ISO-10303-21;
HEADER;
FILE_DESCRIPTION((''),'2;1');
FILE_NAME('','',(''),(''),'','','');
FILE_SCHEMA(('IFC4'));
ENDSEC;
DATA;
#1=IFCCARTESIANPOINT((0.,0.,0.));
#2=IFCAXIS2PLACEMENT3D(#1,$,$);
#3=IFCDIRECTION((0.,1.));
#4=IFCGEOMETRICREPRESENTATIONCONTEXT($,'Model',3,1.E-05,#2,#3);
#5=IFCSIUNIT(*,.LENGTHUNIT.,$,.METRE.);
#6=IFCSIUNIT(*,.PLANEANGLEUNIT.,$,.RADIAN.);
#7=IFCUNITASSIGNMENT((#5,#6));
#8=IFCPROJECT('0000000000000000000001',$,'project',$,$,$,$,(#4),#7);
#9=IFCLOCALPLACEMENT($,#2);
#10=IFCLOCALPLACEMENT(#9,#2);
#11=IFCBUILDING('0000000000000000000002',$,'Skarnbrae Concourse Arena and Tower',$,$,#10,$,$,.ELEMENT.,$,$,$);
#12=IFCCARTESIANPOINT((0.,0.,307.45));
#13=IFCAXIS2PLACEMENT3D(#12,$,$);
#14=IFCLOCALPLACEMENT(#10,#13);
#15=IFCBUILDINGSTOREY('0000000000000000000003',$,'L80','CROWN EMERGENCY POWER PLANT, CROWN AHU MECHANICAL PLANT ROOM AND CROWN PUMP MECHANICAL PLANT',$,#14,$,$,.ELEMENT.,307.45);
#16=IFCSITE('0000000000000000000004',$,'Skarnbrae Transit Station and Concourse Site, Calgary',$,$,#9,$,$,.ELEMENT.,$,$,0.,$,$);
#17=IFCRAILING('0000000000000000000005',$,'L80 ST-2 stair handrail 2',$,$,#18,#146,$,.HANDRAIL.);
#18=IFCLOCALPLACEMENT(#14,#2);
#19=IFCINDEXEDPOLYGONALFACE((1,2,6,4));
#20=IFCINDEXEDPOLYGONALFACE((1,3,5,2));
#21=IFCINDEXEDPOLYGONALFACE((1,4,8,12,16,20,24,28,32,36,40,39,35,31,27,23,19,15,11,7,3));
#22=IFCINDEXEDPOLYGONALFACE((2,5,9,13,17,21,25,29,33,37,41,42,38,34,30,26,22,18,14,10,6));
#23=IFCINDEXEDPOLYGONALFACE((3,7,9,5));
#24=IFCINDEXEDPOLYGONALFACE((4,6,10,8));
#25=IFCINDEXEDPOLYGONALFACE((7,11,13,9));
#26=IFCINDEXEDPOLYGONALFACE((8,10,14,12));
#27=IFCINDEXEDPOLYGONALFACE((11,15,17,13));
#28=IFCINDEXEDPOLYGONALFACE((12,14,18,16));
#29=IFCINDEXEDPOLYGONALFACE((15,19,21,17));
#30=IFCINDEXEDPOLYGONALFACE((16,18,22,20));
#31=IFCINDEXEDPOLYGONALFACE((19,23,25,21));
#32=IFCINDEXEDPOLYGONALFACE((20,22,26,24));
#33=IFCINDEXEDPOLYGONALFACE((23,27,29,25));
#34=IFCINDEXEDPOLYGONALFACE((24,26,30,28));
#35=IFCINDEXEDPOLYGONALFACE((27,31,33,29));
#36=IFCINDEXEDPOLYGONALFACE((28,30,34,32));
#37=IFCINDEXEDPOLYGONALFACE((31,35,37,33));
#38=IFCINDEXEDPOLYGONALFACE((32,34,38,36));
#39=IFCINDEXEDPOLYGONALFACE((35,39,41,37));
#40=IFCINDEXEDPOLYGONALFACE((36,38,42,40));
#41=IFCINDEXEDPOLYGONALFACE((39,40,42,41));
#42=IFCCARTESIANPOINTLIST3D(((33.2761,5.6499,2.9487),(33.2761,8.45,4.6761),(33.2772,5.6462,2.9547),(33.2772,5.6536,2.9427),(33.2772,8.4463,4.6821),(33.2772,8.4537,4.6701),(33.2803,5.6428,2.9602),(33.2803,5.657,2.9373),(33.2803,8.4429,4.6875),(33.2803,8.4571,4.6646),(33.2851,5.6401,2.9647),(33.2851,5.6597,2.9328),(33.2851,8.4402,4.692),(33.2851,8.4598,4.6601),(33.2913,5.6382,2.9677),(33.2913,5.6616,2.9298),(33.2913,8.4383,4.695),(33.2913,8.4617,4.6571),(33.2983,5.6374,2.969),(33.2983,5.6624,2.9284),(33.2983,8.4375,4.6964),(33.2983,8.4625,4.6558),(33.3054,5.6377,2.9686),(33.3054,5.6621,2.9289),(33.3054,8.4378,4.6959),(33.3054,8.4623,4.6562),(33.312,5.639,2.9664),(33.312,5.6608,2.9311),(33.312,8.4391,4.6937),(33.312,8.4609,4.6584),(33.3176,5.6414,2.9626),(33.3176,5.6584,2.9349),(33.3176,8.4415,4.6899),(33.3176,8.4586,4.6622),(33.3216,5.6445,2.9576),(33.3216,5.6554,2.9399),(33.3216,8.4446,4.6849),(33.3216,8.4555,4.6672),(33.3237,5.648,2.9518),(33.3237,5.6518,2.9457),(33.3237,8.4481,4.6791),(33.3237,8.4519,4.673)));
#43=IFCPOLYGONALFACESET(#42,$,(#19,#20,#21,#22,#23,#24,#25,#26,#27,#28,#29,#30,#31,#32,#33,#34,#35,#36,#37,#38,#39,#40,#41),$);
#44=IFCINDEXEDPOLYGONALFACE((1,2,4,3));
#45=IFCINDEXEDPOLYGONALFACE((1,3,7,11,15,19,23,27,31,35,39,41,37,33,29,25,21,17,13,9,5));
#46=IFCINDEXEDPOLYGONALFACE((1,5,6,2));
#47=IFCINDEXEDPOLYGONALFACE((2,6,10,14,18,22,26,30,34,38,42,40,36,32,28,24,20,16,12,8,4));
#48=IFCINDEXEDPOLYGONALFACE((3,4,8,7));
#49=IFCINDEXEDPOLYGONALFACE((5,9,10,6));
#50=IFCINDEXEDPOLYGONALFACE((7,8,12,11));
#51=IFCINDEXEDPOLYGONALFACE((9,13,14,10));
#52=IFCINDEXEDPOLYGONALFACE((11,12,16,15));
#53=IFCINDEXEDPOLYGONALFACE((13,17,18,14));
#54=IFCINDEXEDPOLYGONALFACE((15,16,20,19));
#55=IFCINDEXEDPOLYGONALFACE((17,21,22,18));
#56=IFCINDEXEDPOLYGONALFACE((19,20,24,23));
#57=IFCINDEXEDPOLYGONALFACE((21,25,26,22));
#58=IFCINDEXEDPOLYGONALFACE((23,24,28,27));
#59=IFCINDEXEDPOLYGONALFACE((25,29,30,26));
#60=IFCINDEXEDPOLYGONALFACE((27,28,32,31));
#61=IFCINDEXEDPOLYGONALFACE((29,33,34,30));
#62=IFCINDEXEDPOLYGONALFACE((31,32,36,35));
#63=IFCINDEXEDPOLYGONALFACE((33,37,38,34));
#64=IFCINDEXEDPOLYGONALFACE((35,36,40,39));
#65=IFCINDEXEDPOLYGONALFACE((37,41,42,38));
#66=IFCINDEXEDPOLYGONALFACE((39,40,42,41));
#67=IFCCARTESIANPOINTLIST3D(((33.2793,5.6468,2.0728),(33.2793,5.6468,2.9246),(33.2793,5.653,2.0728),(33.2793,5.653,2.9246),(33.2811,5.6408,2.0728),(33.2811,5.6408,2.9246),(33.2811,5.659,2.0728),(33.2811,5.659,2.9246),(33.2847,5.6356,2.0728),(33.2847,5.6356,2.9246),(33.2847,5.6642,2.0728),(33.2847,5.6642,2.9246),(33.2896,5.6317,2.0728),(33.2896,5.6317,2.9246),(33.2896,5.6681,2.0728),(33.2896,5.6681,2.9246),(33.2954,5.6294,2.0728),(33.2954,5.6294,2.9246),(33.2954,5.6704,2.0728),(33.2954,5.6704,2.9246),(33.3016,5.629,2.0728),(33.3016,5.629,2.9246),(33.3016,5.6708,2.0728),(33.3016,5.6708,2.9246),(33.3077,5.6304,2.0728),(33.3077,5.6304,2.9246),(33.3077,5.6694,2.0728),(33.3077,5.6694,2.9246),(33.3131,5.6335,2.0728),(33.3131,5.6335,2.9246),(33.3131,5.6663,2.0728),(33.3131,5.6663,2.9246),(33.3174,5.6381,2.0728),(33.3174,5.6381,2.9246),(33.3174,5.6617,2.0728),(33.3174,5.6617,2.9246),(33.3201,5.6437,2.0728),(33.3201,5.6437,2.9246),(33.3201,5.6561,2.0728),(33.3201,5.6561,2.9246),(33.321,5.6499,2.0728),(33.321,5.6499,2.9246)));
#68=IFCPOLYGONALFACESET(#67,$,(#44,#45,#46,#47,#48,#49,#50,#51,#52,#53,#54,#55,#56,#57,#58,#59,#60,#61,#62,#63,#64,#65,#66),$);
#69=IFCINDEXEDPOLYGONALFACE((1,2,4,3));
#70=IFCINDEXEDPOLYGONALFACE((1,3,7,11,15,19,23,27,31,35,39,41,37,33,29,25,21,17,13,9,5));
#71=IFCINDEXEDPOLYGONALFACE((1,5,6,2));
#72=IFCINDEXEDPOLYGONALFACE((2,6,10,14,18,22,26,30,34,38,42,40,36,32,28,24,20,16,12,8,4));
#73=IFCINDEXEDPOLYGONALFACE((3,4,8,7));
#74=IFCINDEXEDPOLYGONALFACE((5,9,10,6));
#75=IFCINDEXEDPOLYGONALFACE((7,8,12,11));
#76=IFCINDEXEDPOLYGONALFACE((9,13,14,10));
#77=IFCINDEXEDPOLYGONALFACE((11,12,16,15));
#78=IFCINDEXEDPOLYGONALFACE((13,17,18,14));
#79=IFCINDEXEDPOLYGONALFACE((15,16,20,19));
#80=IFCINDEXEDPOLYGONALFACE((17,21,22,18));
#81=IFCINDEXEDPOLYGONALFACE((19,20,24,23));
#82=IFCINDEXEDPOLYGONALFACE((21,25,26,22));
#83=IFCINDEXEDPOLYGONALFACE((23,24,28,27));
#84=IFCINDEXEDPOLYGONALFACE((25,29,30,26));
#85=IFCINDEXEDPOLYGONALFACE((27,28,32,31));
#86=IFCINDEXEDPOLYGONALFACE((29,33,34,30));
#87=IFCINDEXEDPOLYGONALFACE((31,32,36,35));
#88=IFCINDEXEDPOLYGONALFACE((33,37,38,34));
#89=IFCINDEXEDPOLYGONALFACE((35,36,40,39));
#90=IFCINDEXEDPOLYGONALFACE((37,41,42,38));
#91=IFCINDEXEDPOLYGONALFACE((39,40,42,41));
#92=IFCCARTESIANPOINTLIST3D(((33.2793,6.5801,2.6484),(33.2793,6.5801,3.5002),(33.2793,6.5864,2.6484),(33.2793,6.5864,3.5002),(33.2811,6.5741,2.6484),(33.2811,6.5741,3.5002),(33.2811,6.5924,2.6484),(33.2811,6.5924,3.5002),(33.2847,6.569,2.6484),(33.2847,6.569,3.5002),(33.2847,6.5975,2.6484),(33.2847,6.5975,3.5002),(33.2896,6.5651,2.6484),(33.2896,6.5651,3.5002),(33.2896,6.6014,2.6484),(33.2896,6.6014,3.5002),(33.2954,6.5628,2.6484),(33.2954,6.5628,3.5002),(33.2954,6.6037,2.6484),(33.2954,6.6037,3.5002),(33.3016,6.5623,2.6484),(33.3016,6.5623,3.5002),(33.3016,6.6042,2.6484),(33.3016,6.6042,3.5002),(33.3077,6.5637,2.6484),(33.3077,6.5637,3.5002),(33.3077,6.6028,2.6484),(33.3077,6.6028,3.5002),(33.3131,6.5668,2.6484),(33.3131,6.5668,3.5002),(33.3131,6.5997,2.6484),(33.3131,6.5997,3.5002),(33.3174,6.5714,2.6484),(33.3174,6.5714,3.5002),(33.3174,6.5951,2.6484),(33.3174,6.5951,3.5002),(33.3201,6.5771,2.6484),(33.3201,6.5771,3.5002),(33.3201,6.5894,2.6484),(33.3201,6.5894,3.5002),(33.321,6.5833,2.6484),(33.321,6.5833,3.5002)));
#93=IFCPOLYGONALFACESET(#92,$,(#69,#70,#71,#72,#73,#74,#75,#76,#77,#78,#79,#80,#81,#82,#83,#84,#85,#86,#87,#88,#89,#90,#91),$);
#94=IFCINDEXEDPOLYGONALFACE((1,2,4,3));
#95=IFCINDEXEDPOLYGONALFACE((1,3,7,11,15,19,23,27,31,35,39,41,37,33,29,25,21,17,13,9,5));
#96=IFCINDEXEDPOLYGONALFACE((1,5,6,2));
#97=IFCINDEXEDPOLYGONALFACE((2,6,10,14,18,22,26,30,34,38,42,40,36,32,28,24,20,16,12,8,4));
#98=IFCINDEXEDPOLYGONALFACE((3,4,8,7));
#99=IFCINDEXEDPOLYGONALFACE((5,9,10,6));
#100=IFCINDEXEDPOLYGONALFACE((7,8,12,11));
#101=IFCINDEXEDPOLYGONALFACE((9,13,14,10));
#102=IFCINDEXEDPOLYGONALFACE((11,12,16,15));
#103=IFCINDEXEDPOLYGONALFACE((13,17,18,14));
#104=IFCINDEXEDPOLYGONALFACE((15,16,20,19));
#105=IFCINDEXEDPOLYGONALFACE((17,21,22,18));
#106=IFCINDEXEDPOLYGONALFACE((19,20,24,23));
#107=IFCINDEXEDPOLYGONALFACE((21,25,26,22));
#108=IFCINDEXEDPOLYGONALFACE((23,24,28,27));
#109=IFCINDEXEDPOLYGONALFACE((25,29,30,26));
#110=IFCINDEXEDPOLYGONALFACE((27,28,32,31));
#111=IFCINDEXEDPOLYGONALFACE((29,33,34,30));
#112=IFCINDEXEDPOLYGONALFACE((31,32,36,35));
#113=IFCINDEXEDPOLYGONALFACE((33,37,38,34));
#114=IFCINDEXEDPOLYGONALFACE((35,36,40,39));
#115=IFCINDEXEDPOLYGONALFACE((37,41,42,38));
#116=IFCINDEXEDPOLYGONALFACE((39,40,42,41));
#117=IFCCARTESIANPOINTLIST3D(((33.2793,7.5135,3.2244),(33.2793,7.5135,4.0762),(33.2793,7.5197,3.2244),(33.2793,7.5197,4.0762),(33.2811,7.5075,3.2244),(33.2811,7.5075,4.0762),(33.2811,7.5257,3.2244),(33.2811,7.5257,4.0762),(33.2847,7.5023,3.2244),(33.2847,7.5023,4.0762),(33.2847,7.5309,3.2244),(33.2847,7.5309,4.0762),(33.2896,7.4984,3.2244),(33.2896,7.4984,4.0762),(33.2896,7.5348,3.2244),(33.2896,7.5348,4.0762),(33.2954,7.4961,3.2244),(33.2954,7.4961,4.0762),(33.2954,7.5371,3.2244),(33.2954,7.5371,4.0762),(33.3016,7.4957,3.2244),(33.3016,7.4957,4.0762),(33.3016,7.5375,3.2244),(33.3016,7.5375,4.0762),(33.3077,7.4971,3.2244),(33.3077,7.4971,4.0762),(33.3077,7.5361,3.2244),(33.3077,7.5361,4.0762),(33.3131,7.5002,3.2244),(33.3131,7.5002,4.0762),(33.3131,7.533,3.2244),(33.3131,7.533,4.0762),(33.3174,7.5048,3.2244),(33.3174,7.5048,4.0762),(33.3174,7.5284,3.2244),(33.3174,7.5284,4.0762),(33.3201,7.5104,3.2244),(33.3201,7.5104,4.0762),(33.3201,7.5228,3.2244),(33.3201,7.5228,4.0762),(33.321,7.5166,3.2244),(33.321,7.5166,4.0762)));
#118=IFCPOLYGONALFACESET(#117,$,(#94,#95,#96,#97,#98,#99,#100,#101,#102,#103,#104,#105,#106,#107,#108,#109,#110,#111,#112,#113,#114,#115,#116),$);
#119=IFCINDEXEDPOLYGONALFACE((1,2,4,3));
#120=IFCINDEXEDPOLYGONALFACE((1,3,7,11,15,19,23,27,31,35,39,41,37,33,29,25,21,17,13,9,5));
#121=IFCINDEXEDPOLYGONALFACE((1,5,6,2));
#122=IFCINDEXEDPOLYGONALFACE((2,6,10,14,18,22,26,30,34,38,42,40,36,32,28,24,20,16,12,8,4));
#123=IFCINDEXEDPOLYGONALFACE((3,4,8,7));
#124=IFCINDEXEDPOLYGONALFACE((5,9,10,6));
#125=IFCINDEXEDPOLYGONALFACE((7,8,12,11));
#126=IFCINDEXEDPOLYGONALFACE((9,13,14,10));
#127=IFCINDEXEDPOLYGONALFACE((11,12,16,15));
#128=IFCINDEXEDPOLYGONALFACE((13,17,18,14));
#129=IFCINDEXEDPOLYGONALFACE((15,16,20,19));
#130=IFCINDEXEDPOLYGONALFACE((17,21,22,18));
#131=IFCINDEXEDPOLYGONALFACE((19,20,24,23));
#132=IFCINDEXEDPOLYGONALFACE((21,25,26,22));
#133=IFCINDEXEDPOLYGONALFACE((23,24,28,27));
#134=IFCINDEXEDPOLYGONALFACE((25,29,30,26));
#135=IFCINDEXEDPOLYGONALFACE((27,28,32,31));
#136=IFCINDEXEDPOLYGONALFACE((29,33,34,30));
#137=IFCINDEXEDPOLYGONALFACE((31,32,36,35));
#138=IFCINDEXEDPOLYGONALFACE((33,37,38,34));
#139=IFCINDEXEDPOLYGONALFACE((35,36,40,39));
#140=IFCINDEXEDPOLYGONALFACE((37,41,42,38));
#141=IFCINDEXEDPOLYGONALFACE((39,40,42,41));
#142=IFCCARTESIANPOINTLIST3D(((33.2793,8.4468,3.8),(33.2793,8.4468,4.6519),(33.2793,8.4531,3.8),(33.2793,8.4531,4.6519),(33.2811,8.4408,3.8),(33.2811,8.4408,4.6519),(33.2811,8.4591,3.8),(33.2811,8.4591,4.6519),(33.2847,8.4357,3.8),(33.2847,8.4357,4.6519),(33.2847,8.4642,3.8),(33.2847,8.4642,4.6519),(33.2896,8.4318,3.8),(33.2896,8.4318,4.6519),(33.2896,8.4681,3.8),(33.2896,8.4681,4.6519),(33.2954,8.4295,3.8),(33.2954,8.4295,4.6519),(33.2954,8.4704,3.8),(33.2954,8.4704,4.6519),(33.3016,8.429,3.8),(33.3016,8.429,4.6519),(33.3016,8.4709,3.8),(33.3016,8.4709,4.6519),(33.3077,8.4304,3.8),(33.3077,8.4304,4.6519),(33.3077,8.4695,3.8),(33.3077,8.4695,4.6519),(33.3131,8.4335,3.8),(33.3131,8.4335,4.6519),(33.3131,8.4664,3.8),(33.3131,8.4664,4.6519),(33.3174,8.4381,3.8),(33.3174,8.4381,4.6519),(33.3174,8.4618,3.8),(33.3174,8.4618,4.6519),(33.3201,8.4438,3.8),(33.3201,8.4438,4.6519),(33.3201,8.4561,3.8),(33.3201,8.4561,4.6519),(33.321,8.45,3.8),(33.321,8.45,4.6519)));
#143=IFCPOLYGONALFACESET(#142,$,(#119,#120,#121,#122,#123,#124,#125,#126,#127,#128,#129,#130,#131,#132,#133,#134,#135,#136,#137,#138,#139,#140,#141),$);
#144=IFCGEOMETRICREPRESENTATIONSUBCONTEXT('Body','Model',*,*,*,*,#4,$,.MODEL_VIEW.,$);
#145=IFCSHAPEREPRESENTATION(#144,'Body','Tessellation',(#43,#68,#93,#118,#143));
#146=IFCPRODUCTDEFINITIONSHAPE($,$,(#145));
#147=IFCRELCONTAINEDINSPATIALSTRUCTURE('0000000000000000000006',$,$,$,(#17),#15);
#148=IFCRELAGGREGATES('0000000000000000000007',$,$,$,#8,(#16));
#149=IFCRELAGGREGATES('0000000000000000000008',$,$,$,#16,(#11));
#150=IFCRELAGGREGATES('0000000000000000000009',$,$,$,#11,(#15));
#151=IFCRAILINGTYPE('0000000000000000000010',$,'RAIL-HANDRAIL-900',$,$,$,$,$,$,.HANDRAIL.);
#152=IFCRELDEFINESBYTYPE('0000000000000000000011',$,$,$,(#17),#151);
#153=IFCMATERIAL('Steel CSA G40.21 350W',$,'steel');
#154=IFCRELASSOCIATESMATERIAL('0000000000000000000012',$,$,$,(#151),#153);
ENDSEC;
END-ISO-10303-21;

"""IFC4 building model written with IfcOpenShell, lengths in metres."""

from ifc_helpers import new_model, si_unit, direction, frame, origin, origin_2d, place, context, subcontext, project, spatial, circle, extrude, material, type_object, element, save


model = new_model("IFC4")

# Units and contexts
model_context = context("Model", 3, precision=1e-05, world=origin(), true_north=direction((0.0, 1.0)))
body_context = subcontext(model_context, "Body", "Model", "MODEL_VIEW")
ifc_project = project(units=[si_unit("LENGTHUNIT", "METRE"), si_unit("PLANEANGLEUNIT", "RADIAN")], contexts=[model_context])

# Site, building, storey
site_placement = place(None, origin())
site = spatial("IfcSite", under=ifc_project, at=site_placement, Name="Skarnbrae Transit Station and Concourse Site, Calgary", CompositionType="ELEMENT", RefElevation=0.0)
building_placement = place(site_placement, origin())
building = spatial("IfcBuilding", under=site, at=building_placement, Name="Skarnbrae Concourse Arena and Tower", CompositionType="ELEMENT")
storey_placement = place(building_placement, frame((0.0, 0.0, 307.45)))
storey = spatial("IfcBuildingStorey", under=building, at=storey_placement, Name="L80", Description="CROWN EMERGENCY POWER PLANT, CROWN AHU MECHANICAL PLANT ROOM AND CROWN PUMP MECHANICAL PLANT", CompositionType="ELEMENT", Elevation=307.45)

# Shared definitions
ifc_material_1 = material(Name="Steel CSA G40.21 350W", Category="steel")

# Railing
railing_type_1 = type_object("IfcRailingType", Name="RAIL-HANDRAIL-900", PredefinedType="HANDRAIL", material=ifc_material_1)
railing_1_placement = place(storey_placement, frame((33.3, 5.6499, 2.0728)))
element("IfcRailing", 1, at=railing_1_placement, inside=storey, type_object=railing_type_1, Name="L80 ST-2 stair handrail 2", PredefinedType="HANDRAIL", context=body_context, shape_type="SweptSolid", body=[
    extrude(circle(Radius=0.0239, at=origin_2d()), frame((0.0, 0.0, 0.876), z_axis=(0.0, 0.85109, 0.52502), x_axis=(-1.0, 0.0, 0.0)), (0.0, 0.0, 1.0), 3.29),
    extrude(circle(Radius=0.021, at=origin_2d()), origin(), (0.0, 0.0, 1.0), 0.8518),
    extrude(circle(Radius=0.021, at=origin_2d()), frame((0.0, 0.9333, 0.5757)), (0.0, 0.0, 1.0), 0.8518),
    extrude(circle(Radius=0.021, at=origin_2d()), frame((0.0, 1.8667, 1.1516)), (0.0, 0.0, 1.0), 0.8518),
    extrude(circle(Radius=0.021, at=origin_2d()), frame((0.0, 2.8, 1.7273)), (0.0, 0.0, 1.0), 0.8518),
])

save(model, "model.ifc")
